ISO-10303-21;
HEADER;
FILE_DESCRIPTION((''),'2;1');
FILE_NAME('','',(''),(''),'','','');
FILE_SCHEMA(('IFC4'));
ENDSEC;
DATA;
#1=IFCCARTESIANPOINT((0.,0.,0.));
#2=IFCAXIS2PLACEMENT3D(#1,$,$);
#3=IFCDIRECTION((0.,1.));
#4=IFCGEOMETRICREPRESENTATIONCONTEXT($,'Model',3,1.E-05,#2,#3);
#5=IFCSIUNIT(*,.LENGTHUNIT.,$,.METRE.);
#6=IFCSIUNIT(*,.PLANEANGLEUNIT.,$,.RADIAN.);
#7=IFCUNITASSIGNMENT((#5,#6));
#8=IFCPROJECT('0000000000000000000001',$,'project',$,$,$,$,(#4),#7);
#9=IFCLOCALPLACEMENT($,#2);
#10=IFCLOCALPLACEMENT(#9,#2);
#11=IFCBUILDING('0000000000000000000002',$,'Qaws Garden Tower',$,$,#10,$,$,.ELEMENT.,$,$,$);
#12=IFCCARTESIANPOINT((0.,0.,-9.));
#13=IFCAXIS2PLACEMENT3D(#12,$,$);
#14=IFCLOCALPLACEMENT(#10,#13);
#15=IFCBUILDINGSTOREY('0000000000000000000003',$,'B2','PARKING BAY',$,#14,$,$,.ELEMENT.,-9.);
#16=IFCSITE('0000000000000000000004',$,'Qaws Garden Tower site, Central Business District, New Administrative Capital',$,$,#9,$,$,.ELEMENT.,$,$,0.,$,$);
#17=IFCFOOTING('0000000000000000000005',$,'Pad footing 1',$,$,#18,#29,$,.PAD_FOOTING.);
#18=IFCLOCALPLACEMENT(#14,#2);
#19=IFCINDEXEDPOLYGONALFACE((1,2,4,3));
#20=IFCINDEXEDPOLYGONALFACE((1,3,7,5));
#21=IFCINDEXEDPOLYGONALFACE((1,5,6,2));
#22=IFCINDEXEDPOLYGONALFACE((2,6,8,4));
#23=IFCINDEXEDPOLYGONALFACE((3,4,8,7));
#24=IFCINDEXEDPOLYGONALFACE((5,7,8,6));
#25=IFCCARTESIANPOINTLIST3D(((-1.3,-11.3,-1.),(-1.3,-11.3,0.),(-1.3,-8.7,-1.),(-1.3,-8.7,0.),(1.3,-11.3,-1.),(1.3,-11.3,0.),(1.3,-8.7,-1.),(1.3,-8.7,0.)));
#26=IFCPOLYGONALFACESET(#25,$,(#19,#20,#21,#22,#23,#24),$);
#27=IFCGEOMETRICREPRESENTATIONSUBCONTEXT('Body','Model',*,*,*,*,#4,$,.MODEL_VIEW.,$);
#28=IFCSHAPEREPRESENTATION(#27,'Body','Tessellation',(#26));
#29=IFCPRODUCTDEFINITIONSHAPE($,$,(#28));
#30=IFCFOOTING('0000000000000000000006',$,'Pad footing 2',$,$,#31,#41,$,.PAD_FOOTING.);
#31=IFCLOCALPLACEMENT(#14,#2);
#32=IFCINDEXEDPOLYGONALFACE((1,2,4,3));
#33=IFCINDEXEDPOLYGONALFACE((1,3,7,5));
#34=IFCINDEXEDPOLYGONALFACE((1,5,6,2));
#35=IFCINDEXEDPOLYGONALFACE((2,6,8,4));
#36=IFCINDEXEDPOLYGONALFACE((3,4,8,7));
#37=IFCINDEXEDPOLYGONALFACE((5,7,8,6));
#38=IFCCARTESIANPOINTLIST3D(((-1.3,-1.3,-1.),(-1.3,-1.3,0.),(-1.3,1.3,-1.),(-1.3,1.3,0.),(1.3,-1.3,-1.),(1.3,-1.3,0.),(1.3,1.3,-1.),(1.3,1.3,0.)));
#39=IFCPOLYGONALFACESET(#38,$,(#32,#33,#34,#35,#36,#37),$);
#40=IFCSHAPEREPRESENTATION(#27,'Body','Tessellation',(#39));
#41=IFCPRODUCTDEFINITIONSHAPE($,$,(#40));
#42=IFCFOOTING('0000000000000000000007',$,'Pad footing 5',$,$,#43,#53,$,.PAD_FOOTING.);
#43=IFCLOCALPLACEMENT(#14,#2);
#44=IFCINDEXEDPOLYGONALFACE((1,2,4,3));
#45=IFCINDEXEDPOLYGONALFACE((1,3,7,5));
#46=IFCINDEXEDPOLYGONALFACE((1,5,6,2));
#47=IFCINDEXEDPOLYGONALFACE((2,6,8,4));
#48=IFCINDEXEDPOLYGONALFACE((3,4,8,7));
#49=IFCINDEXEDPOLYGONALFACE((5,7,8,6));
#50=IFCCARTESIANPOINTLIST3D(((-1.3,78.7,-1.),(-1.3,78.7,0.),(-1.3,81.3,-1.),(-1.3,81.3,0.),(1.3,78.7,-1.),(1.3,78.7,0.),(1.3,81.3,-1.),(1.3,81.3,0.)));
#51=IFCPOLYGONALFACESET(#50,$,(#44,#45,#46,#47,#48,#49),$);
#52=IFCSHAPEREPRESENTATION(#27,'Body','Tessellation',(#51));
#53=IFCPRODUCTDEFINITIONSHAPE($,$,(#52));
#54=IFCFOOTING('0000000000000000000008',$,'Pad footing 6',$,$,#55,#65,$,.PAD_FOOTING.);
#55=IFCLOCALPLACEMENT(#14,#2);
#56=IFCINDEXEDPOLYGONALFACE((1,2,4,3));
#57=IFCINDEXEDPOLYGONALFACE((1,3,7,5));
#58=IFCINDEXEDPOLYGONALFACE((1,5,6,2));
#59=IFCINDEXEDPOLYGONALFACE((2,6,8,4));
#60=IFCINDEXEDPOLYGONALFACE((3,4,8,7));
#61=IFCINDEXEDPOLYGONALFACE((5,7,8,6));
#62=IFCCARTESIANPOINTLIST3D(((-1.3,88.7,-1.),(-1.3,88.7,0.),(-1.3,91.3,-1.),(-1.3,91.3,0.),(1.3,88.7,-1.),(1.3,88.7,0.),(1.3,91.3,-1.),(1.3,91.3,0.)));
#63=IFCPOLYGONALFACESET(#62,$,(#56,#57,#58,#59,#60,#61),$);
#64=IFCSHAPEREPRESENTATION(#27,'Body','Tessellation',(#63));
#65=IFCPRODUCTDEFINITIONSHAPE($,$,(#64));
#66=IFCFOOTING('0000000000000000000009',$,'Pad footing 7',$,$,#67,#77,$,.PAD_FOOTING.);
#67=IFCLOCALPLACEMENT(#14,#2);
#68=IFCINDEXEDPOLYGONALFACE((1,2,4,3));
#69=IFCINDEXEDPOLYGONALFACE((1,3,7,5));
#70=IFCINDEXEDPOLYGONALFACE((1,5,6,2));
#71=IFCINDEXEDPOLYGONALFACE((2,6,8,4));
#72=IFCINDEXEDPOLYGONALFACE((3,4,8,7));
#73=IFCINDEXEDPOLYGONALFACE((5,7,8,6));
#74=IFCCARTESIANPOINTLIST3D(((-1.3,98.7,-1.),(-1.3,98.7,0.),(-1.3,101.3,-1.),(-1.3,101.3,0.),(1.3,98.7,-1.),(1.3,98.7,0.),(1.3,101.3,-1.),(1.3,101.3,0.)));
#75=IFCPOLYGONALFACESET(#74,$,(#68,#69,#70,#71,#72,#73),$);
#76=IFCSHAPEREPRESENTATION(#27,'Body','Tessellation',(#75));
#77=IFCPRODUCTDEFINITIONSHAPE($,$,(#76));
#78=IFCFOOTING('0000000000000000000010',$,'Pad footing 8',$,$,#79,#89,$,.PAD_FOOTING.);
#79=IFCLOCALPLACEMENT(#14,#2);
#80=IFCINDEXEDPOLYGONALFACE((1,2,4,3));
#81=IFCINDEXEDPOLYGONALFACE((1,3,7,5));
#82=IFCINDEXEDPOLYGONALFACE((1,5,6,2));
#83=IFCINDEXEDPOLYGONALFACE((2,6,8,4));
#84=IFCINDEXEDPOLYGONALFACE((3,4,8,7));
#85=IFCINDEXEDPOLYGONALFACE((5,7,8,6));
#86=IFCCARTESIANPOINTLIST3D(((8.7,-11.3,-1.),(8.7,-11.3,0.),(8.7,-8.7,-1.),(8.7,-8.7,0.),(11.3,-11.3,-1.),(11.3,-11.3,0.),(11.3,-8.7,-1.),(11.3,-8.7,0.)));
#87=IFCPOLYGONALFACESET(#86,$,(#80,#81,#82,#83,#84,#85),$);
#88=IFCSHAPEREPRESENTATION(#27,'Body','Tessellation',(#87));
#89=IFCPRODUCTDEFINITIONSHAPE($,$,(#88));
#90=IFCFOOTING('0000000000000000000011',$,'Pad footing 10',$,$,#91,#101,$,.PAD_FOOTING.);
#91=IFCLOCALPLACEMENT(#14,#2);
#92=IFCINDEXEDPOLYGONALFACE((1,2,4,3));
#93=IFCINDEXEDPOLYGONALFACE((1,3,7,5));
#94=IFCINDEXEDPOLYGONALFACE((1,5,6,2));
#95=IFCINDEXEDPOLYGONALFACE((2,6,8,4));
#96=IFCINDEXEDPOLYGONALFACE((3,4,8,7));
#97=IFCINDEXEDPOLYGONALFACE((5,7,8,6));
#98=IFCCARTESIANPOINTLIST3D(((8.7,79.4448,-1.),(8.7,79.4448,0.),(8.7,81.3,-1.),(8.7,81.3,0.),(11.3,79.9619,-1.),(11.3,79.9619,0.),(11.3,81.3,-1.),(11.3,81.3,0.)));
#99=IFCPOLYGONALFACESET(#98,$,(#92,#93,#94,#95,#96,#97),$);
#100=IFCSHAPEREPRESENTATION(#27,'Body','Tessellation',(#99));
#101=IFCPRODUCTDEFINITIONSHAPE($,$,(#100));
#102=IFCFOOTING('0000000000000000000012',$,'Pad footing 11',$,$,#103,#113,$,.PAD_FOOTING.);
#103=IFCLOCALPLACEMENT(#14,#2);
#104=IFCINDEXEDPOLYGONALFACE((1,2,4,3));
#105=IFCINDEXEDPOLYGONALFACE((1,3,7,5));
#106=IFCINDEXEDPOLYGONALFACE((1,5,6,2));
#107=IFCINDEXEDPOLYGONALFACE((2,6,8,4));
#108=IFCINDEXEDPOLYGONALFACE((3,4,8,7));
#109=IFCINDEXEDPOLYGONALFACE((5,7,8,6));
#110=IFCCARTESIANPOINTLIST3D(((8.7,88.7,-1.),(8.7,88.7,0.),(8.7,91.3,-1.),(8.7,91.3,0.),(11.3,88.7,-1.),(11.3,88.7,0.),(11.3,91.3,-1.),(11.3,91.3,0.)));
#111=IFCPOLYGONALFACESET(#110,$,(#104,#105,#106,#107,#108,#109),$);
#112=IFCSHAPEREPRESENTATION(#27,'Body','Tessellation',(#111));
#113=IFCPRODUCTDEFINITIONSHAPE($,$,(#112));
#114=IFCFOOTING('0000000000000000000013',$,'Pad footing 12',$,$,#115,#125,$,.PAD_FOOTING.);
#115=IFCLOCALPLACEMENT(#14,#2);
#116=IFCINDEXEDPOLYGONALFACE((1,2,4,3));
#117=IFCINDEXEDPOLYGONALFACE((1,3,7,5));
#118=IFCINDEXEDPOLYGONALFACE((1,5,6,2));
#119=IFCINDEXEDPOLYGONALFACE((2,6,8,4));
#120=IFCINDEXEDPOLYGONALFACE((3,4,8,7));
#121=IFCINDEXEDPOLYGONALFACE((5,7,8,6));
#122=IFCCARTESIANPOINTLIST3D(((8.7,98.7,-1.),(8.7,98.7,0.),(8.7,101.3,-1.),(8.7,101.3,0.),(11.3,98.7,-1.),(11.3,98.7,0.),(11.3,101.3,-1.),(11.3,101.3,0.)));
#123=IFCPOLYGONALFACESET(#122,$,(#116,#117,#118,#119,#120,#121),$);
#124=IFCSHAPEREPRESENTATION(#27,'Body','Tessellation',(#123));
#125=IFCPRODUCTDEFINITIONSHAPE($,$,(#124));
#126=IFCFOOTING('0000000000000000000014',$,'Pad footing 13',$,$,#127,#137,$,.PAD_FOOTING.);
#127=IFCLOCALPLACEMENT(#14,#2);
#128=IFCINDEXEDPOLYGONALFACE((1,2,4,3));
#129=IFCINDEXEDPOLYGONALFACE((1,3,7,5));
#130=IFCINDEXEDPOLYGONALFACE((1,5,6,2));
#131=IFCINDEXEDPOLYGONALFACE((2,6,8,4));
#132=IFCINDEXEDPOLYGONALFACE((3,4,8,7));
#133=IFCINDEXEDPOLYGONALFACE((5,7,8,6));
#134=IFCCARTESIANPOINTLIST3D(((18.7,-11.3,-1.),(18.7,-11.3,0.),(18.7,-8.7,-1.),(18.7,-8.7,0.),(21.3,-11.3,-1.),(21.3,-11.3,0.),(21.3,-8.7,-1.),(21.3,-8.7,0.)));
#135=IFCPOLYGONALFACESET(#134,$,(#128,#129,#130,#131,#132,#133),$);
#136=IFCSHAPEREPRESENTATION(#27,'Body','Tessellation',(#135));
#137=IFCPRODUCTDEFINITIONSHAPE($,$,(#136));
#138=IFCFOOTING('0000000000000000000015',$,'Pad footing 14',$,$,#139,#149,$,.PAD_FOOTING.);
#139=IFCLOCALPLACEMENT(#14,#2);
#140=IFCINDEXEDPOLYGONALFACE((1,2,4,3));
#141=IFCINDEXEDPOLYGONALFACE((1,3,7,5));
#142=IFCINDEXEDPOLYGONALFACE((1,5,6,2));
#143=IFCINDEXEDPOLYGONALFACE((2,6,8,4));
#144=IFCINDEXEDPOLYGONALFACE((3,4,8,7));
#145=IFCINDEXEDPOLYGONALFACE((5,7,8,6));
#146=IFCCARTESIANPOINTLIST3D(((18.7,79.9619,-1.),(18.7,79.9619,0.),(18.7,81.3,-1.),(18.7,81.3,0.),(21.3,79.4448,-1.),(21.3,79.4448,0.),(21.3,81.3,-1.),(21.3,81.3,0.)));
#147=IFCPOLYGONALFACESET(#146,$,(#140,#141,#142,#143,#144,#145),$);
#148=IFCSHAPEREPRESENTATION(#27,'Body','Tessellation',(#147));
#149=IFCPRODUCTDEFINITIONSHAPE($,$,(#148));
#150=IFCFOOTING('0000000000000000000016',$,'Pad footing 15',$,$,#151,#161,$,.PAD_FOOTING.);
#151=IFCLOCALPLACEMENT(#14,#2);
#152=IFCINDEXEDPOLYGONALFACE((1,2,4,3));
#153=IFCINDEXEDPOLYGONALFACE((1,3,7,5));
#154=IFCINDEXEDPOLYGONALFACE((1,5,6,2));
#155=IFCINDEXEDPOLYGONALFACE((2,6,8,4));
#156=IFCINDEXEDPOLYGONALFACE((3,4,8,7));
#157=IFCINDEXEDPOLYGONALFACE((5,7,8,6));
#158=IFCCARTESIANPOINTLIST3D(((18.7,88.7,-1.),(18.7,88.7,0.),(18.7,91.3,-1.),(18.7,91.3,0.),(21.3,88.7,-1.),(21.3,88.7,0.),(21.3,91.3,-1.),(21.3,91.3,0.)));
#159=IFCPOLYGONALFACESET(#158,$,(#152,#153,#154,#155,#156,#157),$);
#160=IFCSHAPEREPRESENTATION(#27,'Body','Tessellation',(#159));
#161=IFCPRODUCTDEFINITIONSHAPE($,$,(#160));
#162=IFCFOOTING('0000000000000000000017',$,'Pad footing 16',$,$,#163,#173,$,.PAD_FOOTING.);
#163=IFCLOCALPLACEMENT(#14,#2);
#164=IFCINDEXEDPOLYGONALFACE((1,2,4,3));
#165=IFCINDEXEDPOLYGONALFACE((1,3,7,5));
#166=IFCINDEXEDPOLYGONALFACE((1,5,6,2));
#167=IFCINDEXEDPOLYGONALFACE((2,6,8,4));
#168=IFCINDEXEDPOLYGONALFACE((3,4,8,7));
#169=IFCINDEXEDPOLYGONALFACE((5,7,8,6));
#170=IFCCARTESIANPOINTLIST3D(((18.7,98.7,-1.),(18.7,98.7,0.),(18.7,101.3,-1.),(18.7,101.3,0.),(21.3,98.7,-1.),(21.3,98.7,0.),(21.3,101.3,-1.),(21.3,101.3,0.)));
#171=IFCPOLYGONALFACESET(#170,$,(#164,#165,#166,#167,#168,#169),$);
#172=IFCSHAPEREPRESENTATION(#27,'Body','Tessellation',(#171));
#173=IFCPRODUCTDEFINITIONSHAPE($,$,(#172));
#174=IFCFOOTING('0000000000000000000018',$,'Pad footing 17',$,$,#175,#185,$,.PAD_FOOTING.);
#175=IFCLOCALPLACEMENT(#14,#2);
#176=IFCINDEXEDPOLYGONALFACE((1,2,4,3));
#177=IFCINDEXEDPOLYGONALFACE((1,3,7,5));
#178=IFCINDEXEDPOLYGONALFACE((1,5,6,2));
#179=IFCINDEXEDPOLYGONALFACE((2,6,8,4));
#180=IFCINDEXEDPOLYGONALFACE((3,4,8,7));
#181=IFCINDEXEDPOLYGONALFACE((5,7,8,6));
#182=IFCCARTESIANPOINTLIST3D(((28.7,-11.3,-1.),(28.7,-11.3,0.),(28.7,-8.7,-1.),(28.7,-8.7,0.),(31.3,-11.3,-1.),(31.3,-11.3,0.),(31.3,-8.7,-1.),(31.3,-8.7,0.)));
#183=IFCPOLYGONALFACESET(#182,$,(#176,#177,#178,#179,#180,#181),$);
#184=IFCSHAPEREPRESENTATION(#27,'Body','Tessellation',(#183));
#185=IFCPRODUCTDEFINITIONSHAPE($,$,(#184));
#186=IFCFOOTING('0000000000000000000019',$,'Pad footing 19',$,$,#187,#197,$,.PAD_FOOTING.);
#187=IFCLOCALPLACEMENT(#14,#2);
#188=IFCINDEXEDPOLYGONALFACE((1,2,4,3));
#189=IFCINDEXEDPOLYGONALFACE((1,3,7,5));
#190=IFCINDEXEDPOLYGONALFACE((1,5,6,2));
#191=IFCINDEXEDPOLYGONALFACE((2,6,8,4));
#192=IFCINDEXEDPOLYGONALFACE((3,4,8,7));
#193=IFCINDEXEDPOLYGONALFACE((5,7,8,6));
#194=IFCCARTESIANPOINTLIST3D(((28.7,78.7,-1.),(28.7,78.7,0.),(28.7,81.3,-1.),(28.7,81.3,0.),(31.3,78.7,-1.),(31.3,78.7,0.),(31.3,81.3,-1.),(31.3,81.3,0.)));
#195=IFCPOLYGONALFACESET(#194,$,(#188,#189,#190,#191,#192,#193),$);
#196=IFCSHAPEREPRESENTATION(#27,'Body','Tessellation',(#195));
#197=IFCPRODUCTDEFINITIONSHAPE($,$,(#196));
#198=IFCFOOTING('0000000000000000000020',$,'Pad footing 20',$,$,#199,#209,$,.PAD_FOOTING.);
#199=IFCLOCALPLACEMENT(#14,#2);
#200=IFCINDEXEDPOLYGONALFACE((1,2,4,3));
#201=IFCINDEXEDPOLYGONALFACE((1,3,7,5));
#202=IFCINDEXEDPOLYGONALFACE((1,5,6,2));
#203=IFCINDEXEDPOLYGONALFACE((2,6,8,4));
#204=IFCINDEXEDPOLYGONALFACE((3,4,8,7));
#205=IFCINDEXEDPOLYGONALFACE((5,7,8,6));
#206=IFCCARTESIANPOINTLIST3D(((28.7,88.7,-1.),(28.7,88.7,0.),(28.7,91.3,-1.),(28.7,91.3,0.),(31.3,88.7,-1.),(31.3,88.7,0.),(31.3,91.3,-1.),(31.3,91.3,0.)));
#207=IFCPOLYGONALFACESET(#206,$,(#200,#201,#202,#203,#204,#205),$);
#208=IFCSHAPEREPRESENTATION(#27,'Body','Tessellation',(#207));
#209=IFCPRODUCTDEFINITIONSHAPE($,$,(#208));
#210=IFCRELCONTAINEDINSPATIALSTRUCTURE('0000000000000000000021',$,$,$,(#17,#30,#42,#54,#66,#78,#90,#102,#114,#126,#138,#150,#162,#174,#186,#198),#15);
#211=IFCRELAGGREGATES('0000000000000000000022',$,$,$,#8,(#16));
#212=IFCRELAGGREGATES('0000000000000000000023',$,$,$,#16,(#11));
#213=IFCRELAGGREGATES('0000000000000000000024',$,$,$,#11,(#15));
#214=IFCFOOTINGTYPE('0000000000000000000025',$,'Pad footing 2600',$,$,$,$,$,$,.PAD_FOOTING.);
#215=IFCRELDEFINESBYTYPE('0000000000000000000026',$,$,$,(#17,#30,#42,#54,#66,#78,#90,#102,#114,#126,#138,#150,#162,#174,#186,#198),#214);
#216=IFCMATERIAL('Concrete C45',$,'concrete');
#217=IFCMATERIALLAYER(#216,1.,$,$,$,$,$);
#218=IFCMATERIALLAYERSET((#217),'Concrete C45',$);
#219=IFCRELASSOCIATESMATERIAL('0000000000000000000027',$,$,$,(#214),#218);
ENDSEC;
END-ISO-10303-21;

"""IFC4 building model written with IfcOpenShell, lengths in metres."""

from ifc_helpers import new_model, si_unit, direction, frame, origin, place, context, subcontext, project, spatial, polyline, outline, extrude, material, layer, layer_set, type_object, element, save


model = new_model("IFC4")

# Units and contexts
model_context = context("Model", 3, precision=1e-05, world=origin(), true_north=direction((0.0, 1.0)))
body_context = subcontext(model_context, "Body", "Model", "MODEL_VIEW")
ifc_project = project(units=[si_unit("LENGTHUNIT", "METRE"), si_unit("PLANEANGLEUNIT", "RADIAN")], contexts=[model_context])

# Site, building, storey
site_placement = place(None, origin())
site = spatial("IfcSite", under=ifc_project, at=site_placement, Name="Qaws Garden Tower site, Central Business District, New Administrative Capital", CompositionType="ELEMENT", RefElevation=0.0)
building_placement = place(site_placement, origin())
building = spatial("IfcBuilding", under=site, at=building_placement, Name="Qaws Garden Tower", CompositionType="ELEMENT")
storey_placement = place(building_placement, frame((0.0, 0.0, -9.0)))
storey = spatial("IfcBuildingStorey", under=building, at=storey_placement, Name="B2", Description="PARKING BAY", CompositionType="ELEMENT", Elevation=-9.0)

# Footings
ifc_material_1 = material(Name="Concrete C45", Category="concrete")
ifc_layer_1 = layer(ifc_material_1, 1.0)
ifc_layer_set_1 = layer_set([ifc_layer_1], Name="Concrete C45")
footing_type_1 = type_object("IfcFootingType", Name="Pad footing 2600", PredefinedType="PAD_FOOTING", material=ifc_layer_set_1)
placement = place(storey_placement, frame((0.0, 0.0, -1.0)))
element("IfcFooting", 1, at=placement, inside=storey, type_object=footing_type_1, Name="Pad footing 1", PredefinedType="PAD_FOOTING", context=body_context, shape_type="SweptSolid", body=[
    extrude(outline(polyline([(-1.3, -11.3), (1.3, -11.3), (1.3, -8.7), (-1.3, -8.7), (-1.3, -11.3)])), origin(), (0.0, 0.0, 1.0), 1.0),
])
element("IfcFooting", 2, at=placement, inside=storey, type_object=footing_type_1, Name="Pad footing 2", PredefinedType="PAD_FOOTING", context=body_context, shape_type="SweptSolid", body=[
    extrude(outline(polyline([(-1.3, -1.3), (1.3, -1.3), (1.3, 1.3), (-1.3, 1.3), (-1.3, -1.3)])), origin(), (0.0, 0.0, 1.0), 1.0),
])
element("IfcFooting", 3, at=placement, inside=storey, type_object=footing_type_1, Name="Pad footing 5", PredefinedType="PAD_FOOTING", context=body_context, shape_type="SweptSolid", body=[
    extrude(outline(polyline([(-1.3, 78.7), (1.3, 78.7), (1.3, 81.3), (-1.3, 81.3), (-1.3, 78.7)])), origin(), (0.0, 0.0, 1.0), 1.0),
])
element("IfcFooting", 4, at=placement, inside=storey, type_object=footing_type_1, Name="Pad footing 6", PredefinedType="PAD_FOOTING", context=body_context, shape_type="SweptSolid", body=[
    extrude(outline(polyline([(-1.3, 88.7), (1.3, 88.7), (1.3, 91.3), (-1.3, 91.3), (-1.3, 88.7)])), origin(), (0.0, 0.0, 1.0), 1.0),
])
element("IfcFooting", 5, at=placement, inside=storey, type_object=footing_type_1, Name="Pad footing 7", PredefinedType="PAD_FOOTING", context=body_context, shape_type="SweptSolid", body=[
    extrude(outline(polyline([(-1.3, 98.7), (1.3, 98.7), (1.3, 101.3), (-1.3, 101.3), (-1.3, 98.7)])), origin(), (0.0, 0.0, 1.0), 1.0),
])
element("IfcFooting", 6, at=placement, inside=storey, type_object=footing_type_1, Name="Pad footing 8", PredefinedType="PAD_FOOTING", context=body_context, shape_type="SweptSolid", body=[
    extrude(outline(polyline([(8.7, -11.3), (11.3, -11.3), (11.3, -8.7), (8.7, -8.7), (8.7, -11.3)])), origin(), (0.0, 0.0, 1.0), 1.0),
])
element("IfcFooting", 7, at=placement, inside=storey, type_object=footing_type_1, Name="Pad footing 10", PredefinedType="PAD_FOOTING", context=body_context, shape_type="SweptSolid", body=[
    extrude(outline(polyline([(8.7, 79.4448), (11.3, 79.9619), (11.3, 81.3), (8.7, 81.3), (8.7, 79.4448)])), origin(), (0.0, 0.0, 1.0), 1.0),
])
element("IfcFooting", 8, at=placement, inside=storey, type_object=footing_type_1, Name="Pad footing 11", PredefinedType="PAD_FOOTING", context=body_context, shape_type="SweptSolid", body=[
    extrude(outline(polyline([(8.7, 88.7), (11.3, 88.7), (11.3, 91.3), (8.7, 91.3), (8.7, 88.7)])), origin(), (0.0, 0.0, 1.0), 1.0),
])
element("IfcFooting", 9, at=placement, inside=storey, type_object=footing_type_1, Name="Pad footing 12", PredefinedType="PAD_FOOTING", context=body_context, shape_type="SweptSolid", body=[
    extrude(outline(polyline([(8.7, 98.7), (11.3, 98.7), (11.3, 101.3), (8.7, 101.3), (8.7, 98.7)])), origin(), (0.0, 0.0, 1.0), 1.0),
])
element("IfcFooting", 10, at=placement, inside=storey, type_object=footing_type_1, Name="Pad footing 13", PredefinedType="PAD_FOOTING", context=body_context, shape_type="SweptSolid", body=[
    extrude(outline(polyline([(18.7, -11.3), (21.3, -11.3), (21.3, -8.7), (18.7, -8.7), (18.7, -11.3)])), origin(), (0.0, 0.0, 1.0), 1.0),
])
element("IfcFooting", 11, at=placement, inside=storey, type_object=footing_type_1, Name="Pad footing 14", PredefinedType="PAD_FOOTING", context=body_context, shape_type="SweptSolid", body=[
    extrude(outline(polyline([(21.3, 79.4448), (21.3, 81.3), (18.7, 81.3), (18.7, 79.9619), (21.3, 79.4448)])), origin(), (0.0, 0.0, 1.0), 1.0),
])
element("IfcFooting", 12, at=placement, inside=storey, type_object=footing_type_1, Name="Pad footing 15", PredefinedType="PAD_FOOTING", context=body_context, shape_type="SweptSolid", body=[
    extrude(outline(polyline([(18.7, 88.7), (21.3, 88.7), (21.3, 91.3), (18.7, 91.3), (18.7, 88.7)])), origin(), (0.0, 0.0, 1.0), 1.0),
])
element("IfcFooting", 13, at=placement, inside=storey, type_object=footing_type_1, Name="Pad footing 16", PredefinedType="PAD_FOOTING", context=body_context, shape_type="SweptSolid", body=[
    extrude(outline(polyline([(18.7, 98.7), (21.3, 98.7), (21.3, 101.3), (18.7, 101.3), (18.7, 98.7)])), origin(), (0.0, 0.0, 1.0), 1.0),
])
element("IfcFooting", 14, at=placement, inside=storey, type_object=footing_type_1, Name="Pad footing 17", PredefinedType="PAD_FOOTING", context=body_context, shape_type="SweptSolid", body=[
    extrude(outline(polyline([(28.7, -11.3), (31.3, -11.3), (31.3, -8.7), (28.7, -8.7), (28.7, -11.3)])), origin(), (0.0, 0.0, 1.0), 1.0),
])
element("IfcFooting", 15, at=placement, inside=storey, type_object=footing_type_1, Name="Pad footing 19", PredefinedType="PAD_FOOTING", context=body_context, shape_type="SweptSolid", body=[
    extrude(outline(polyline([(28.7, 78.7), (31.3, 78.7), (31.3, 81.3), (28.7, 81.3), (28.7, 78.7)])), origin(), (0.0, 0.0, 1.0), 1.0),
])
element("IfcFooting", 16, at=placement, inside=storey, type_object=footing_type_1, Name="Pad footing 20", PredefinedType="PAD_FOOTING", context=body_context, shape_type="SweptSolid", body=[
    extrude(outline(polyline([(28.7, 88.7), (31.3, 88.7), (31.3, 91.3), (28.7, 91.3), (28.7, 88.7)])), origin(), (0.0, 0.0, 1.0), 1.0),
])

save(model, "model.ifc")
